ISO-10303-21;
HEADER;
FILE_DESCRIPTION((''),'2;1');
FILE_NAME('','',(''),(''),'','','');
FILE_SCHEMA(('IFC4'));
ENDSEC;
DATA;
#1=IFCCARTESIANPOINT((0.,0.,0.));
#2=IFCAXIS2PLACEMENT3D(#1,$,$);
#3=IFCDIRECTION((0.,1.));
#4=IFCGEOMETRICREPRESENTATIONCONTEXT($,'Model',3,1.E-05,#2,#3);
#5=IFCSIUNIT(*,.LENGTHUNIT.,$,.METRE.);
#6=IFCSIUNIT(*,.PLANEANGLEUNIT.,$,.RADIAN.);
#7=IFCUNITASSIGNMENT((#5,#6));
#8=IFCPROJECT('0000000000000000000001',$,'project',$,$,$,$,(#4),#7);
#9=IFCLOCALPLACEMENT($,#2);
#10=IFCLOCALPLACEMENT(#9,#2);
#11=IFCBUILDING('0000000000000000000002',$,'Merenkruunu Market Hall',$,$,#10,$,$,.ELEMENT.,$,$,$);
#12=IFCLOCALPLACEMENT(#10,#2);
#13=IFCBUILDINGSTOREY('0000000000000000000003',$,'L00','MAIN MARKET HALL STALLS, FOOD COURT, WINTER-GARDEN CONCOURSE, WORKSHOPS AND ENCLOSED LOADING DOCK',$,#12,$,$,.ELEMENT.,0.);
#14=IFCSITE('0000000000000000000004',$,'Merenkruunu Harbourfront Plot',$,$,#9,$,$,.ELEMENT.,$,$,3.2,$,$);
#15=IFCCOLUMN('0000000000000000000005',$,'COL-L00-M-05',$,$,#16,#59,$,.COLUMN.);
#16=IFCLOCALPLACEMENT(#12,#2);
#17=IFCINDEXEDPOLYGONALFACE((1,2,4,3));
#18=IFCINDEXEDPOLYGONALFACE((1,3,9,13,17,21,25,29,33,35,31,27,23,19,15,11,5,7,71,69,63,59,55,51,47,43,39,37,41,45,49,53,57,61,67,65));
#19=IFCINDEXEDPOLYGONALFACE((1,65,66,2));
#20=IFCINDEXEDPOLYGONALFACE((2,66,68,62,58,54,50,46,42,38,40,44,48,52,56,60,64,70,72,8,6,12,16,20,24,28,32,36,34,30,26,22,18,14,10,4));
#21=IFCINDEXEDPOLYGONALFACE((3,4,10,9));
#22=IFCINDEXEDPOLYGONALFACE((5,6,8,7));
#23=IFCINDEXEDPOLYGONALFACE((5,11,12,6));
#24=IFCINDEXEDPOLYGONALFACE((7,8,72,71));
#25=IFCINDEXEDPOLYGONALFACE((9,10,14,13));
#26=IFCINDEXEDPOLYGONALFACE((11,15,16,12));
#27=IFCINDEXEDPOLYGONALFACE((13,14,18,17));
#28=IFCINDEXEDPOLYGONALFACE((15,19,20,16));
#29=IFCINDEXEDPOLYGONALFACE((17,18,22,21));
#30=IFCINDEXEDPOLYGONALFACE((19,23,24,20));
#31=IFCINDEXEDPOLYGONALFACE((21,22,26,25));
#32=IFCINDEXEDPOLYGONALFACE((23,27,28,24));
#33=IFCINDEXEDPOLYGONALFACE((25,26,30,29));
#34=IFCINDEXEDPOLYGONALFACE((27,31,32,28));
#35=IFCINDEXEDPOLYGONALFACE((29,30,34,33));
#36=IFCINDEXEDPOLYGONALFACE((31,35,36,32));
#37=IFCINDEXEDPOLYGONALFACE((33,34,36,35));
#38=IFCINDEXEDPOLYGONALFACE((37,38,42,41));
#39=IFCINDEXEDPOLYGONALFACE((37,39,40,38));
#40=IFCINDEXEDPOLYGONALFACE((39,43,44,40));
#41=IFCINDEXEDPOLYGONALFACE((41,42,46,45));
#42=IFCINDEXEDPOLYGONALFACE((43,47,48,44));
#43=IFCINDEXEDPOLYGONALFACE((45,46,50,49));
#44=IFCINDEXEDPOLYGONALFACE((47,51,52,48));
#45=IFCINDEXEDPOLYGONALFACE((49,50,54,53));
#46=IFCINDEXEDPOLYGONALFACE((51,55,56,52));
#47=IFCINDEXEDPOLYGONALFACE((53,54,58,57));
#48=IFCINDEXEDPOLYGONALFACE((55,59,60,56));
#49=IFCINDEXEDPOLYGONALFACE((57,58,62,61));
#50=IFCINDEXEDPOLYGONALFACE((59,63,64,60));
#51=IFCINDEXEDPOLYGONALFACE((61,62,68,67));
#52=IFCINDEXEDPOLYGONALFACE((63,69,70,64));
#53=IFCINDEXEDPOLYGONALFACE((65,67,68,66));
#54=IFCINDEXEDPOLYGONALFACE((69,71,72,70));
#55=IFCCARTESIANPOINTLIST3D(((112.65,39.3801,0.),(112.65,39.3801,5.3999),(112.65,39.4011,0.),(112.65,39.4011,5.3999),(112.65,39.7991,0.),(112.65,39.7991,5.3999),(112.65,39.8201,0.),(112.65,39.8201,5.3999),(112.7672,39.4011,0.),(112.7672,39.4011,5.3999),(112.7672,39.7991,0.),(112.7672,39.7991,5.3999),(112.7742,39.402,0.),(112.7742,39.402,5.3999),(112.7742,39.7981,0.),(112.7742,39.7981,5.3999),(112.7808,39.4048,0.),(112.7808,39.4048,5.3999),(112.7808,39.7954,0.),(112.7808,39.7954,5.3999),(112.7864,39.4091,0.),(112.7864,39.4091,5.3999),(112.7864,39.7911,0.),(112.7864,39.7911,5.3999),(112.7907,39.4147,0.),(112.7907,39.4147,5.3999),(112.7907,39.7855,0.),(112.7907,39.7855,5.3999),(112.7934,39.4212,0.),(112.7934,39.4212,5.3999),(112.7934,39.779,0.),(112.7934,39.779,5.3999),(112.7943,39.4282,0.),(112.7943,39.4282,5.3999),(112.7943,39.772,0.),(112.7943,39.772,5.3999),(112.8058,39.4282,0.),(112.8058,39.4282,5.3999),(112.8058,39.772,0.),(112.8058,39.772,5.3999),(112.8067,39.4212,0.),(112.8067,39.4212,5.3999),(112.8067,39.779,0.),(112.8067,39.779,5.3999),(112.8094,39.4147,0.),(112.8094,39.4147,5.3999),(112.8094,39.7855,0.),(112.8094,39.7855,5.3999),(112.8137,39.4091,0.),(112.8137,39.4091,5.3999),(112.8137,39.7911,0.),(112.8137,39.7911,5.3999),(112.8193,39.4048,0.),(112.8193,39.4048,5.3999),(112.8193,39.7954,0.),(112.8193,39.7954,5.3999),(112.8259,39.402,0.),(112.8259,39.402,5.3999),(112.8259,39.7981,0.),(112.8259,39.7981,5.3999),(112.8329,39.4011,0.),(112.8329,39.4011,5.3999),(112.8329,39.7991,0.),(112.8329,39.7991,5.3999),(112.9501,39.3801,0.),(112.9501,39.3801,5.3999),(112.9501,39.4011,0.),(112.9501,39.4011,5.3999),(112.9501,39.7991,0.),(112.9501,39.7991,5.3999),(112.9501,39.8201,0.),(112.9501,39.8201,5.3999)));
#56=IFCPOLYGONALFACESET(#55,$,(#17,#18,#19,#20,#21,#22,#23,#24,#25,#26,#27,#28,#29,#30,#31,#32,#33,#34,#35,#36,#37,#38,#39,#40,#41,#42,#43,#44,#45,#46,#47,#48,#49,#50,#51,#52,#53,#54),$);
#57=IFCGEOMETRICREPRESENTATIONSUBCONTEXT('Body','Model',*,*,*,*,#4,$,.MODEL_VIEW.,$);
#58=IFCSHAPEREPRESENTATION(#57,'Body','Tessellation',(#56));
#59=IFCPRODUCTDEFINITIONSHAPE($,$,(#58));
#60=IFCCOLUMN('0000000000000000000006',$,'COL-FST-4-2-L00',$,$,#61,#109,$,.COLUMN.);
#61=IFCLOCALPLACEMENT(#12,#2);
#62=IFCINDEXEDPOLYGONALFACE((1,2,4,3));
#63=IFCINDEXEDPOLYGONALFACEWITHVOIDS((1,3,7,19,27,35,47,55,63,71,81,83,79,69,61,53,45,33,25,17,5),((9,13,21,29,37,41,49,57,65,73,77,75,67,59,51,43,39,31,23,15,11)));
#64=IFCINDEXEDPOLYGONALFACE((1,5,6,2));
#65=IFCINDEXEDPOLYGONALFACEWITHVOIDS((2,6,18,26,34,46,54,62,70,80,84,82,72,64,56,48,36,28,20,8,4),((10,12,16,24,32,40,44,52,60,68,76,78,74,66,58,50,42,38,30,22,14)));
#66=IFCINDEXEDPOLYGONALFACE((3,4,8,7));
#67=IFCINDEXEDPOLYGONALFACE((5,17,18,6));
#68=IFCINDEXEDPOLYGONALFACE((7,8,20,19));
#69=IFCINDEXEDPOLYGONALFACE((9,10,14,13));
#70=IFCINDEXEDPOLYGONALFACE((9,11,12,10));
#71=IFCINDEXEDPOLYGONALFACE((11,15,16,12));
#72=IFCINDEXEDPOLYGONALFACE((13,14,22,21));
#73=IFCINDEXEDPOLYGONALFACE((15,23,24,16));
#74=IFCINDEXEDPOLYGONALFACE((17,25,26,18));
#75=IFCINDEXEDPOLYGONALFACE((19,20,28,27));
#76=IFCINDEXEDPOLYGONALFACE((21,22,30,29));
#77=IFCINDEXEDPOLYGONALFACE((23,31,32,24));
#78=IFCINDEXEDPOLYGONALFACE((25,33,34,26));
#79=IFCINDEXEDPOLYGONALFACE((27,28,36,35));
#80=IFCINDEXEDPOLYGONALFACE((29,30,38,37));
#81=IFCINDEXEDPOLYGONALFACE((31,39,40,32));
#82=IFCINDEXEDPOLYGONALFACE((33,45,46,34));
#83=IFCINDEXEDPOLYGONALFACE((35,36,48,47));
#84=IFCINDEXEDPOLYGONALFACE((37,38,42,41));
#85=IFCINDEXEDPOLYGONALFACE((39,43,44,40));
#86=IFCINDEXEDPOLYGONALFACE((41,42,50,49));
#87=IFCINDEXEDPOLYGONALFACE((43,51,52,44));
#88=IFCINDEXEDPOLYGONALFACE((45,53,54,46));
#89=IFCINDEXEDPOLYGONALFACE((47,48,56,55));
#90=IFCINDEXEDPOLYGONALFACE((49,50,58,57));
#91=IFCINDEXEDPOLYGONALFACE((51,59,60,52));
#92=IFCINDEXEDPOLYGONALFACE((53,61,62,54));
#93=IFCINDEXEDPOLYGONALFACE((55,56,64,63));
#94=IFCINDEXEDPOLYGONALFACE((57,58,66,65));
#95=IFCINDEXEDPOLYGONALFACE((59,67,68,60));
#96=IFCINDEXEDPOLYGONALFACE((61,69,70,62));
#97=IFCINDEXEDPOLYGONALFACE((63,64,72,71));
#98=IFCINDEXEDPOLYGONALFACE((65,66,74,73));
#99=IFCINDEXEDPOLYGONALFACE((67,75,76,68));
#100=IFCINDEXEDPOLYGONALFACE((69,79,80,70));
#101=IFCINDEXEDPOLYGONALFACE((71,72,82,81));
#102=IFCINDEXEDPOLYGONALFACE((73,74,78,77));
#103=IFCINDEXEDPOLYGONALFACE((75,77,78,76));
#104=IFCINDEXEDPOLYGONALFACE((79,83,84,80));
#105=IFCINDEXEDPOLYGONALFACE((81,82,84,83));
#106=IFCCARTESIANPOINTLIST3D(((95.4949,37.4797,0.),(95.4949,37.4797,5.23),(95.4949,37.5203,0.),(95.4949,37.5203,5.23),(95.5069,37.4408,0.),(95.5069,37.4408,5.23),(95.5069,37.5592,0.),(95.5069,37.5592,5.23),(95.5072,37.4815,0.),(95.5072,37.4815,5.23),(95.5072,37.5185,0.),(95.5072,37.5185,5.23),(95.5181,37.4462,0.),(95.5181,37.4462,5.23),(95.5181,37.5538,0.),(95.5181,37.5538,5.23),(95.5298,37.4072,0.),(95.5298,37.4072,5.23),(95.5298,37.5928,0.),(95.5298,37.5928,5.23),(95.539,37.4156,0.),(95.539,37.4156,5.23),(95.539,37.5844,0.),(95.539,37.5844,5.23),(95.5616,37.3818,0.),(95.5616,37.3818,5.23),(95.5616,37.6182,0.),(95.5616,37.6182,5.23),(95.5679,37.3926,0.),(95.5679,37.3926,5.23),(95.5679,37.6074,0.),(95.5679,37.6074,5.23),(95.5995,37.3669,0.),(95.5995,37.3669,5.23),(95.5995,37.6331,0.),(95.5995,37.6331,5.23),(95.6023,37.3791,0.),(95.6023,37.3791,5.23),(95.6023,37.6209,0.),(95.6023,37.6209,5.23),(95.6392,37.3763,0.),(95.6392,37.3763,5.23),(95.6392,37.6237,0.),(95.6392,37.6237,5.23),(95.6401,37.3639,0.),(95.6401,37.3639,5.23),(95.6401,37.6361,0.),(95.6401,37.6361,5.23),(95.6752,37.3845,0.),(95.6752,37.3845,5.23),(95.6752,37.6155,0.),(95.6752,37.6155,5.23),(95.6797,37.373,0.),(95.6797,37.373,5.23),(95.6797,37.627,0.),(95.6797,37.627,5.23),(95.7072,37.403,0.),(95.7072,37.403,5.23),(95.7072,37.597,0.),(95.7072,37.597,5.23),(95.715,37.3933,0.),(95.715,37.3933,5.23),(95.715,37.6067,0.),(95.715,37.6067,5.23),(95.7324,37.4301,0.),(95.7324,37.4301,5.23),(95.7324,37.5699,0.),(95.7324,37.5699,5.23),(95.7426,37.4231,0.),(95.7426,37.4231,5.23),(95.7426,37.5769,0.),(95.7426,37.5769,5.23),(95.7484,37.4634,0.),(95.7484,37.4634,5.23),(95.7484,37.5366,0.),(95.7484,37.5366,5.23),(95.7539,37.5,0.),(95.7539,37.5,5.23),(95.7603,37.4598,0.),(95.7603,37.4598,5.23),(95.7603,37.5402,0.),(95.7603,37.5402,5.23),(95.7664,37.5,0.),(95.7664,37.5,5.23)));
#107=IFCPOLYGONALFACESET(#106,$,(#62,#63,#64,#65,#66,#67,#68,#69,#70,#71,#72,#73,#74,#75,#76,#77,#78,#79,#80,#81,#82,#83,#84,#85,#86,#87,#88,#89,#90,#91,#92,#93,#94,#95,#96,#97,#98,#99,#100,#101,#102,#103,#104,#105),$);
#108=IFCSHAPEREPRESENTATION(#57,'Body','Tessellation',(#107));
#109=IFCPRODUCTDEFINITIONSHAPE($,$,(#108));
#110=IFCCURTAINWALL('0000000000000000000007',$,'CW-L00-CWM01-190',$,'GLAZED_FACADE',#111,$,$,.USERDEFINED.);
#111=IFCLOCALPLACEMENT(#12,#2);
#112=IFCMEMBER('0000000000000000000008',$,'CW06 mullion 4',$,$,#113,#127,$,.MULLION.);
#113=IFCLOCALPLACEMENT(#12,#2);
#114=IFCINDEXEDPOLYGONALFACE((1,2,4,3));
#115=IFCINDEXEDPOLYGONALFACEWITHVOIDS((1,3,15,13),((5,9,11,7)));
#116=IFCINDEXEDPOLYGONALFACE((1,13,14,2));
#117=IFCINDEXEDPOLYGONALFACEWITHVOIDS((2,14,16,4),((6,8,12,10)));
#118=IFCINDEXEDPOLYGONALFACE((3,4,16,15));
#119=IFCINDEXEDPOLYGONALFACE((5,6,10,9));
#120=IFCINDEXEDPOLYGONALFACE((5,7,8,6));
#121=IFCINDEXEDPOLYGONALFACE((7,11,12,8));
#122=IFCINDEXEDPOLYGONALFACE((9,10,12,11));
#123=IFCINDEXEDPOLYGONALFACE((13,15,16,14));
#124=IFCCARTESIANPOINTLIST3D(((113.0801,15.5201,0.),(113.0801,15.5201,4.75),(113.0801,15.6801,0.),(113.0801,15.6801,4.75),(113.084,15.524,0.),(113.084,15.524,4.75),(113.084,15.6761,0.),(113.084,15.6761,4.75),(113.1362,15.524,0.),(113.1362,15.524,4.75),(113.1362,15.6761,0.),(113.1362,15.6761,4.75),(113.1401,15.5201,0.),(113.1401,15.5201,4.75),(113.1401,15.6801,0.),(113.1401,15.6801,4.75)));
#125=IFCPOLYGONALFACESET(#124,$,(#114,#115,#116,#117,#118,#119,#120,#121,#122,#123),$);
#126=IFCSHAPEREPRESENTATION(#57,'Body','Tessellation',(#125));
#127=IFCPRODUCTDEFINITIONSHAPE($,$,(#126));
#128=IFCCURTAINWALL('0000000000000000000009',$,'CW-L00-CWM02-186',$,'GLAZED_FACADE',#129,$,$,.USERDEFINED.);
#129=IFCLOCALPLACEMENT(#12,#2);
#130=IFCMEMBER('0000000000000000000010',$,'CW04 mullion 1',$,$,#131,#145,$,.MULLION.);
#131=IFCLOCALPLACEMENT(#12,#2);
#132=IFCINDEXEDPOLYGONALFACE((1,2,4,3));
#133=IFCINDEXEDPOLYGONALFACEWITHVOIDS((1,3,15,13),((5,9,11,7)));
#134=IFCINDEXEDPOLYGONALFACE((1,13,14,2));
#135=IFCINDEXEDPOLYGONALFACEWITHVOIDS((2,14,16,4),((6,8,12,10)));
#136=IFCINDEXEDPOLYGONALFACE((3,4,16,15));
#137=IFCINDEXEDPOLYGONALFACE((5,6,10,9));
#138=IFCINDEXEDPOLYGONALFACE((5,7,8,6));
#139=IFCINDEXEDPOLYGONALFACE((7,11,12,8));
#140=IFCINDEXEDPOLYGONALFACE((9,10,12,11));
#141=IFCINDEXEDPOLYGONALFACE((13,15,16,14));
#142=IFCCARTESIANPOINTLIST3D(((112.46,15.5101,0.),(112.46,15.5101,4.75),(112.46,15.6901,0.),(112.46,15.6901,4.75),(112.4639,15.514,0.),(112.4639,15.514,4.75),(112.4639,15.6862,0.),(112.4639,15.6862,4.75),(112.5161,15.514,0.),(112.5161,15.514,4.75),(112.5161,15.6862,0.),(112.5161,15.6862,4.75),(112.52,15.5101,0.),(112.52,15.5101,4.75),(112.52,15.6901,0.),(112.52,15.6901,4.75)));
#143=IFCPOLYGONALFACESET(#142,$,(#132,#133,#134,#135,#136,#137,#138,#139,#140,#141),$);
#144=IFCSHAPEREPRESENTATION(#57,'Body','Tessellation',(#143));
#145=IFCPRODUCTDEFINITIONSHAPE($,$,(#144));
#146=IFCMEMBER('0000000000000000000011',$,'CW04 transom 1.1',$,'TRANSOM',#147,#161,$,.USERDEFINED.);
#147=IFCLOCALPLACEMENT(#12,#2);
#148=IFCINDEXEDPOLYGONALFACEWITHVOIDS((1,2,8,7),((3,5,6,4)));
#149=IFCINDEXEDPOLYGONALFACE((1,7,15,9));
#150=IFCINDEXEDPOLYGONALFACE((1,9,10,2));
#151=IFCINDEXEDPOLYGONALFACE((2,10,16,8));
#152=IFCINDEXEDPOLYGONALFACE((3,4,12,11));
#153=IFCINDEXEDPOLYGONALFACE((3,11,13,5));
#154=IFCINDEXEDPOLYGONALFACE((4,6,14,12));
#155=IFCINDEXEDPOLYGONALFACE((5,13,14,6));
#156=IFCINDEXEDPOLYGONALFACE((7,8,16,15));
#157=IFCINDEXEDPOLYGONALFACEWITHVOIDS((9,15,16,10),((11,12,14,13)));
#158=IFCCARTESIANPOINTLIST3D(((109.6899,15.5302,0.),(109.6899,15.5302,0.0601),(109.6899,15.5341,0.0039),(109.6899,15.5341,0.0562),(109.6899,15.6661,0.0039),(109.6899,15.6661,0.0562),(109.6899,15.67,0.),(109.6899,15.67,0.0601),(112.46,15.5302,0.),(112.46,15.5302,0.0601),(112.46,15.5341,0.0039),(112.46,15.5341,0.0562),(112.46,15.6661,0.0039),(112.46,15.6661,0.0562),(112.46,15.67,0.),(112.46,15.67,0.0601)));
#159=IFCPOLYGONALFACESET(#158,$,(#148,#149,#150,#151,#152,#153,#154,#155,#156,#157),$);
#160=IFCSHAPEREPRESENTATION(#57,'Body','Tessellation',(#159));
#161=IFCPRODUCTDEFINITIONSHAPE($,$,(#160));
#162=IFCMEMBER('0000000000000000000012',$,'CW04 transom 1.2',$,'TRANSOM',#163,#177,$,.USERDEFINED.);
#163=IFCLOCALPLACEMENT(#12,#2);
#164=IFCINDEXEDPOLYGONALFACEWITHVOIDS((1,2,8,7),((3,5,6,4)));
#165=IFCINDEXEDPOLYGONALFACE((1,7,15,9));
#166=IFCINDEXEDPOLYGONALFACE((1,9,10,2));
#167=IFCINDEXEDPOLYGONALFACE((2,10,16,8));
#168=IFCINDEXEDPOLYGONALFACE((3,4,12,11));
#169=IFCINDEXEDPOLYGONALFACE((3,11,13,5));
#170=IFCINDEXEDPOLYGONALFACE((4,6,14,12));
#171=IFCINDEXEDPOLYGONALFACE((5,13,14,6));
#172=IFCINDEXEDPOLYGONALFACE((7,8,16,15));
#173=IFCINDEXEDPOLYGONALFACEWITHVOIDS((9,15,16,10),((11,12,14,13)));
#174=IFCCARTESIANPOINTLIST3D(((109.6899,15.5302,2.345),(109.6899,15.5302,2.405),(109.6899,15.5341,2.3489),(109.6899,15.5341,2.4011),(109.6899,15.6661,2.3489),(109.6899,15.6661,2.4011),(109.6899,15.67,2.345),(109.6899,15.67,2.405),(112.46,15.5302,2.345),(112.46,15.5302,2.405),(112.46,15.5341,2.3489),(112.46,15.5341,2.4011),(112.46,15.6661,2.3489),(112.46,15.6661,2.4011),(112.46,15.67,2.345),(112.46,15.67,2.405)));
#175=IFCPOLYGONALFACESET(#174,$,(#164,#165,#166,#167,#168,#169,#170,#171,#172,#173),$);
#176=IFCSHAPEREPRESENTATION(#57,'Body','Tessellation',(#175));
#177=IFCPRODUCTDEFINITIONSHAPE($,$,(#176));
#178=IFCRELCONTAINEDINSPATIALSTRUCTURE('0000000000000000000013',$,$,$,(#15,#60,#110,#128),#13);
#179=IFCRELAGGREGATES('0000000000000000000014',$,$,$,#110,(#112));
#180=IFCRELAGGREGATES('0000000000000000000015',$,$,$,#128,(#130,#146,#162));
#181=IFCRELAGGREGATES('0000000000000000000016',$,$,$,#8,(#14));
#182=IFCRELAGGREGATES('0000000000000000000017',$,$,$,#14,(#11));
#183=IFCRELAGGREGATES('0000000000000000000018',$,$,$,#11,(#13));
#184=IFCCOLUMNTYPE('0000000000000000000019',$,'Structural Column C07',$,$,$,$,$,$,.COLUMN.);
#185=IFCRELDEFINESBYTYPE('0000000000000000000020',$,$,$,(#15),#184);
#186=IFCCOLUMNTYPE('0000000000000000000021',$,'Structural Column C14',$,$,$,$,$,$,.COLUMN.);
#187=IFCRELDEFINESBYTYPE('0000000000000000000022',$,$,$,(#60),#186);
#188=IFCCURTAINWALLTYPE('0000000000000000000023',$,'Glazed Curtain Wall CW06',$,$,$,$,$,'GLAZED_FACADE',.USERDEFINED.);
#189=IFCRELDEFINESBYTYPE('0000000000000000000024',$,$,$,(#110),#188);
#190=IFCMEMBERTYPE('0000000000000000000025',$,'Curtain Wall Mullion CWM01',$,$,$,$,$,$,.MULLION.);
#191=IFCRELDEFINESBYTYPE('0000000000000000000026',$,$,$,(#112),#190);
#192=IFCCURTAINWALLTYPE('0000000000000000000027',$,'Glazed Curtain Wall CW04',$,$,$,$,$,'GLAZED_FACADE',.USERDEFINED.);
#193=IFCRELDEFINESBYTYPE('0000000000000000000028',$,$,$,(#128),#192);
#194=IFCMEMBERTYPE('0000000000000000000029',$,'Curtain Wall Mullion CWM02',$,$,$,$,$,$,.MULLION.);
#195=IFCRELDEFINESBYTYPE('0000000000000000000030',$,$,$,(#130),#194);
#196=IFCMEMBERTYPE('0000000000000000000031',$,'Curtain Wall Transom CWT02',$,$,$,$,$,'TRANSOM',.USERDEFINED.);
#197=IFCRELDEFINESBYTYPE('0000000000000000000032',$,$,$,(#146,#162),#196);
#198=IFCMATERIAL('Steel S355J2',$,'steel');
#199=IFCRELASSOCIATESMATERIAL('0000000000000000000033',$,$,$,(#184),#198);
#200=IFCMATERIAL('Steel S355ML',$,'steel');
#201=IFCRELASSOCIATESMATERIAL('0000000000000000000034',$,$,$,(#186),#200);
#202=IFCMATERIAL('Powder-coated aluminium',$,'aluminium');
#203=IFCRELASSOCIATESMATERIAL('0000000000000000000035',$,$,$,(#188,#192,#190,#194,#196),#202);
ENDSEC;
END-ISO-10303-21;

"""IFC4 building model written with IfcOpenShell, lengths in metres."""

from ifc_helpers import new_model, si_unit, direction, frame, origin, origin_2d, place, context, subcontext, project, spatial, hollow_rectangle, hollow_circle, i_section, extrude, material, material_profile, profile_set, type_object, element, aggregate, save


model = new_model("IFC4")

# Units and contexts
model_context = context("Model", 3, precision=1e-05, world=origin(), true_north=direction((0.0, 1.0)))
body_context = subcontext(model_context, "Body", "Model", "MODEL_VIEW")
ifc_project = project(units=[si_unit("LENGTHUNIT", "METRE"), si_unit("PLANEANGLEUNIT", "RADIAN")], contexts=[model_context])

# Site, building, storey
site_placement = place(None, origin())
site = spatial("IfcSite", under=ifc_project, at=site_placement, Name="Merenkruunu Harbourfront Plot", CompositionType="ELEMENT", RefElevation=3.2)
building_placement = place(site_placement, origin())
building = spatial("IfcBuilding", under=site, at=building_placement, Name="Merenkruunu Market Hall", CompositionType="ELEMENT")
storey_placement = place(building_placement, origin())
storey = spatial("IfcBuildingStorey", under=building, at=storey_placement, Name="L00", Description="MAIN MARKET HALL STALLS, FOOD COURT, WINTER-GARDEN CONCOURSE, WORKSHOPS AND ENCLOSED LOADING DOCK", CompositionType="ELEMENT", Elevation=0.0)

# Columns
ifc_material_1 = material(Name="Steel S355J2", Category="steel")
ifc_material_profile_1 = material_profile(ifc_material_1, i_section(OverallWidth=0.3, OverallDepth=0.4399, WebThickness=0.0115, FlangeThickness=0.021, FilletRadius=0.0271, at=origin_2d()), Name="HEA 450")
ifc_profile_set_1 = profile_set([ifc_material_profile_1], Name="Steel S355J2")
column_type_1 = type_object("IfcColumnType", Name="Structural Column C07", PredefinedType="COLUMN", material=ifc_profile_set_1)
for number, where, z_axis, x_axis, name in (
    (1, (112.8, 39.6001, 0.0), (0.0, 0.0, 1.0), (1.0, 0.0, 0.0), "COL-L00-M-05"),
):
    element("IfcColumn", number, at=place(storey_placement, frame(where, z_axis=z_axis, x_axis=x_axis)), inside=storey, type_object=column_type_1, Name=name, PredefinedType="COLUMN", context=body_context, shape_type="SweptSolid", body=[
        extrude(i_section(OverallWidth=0.3, OverallDepth=0.4399, WebThickness=0.0115, FlangeThickness=0.021, FilletRadius=0.0271, at=origin_2d()), origin(), (0.0, 0.0, 1.0), 5.3999),
    ])
ifc_material_2 = material(Name="Steel S355ML", Category="steel")
ifc_material_profile_2 = material_profile(ifc_material_2, hollow_circle(Radius=0.1365, WallThickness=0.0125, at=origin_2d()), Name="CHS 273x12.5")
ifc_profile_set_2 = profile_set([ifc_material_profile_2], Name="Steel S355ML")
column_type_2 = type_object("IfcColumnType", Name="Structural Column C14", PredefinedType="COLUMN", material=ifc_profile_set_2)
column_placement = place(storey_placement, frame((95.6299, 37.5, 0.0), z_axis=(0.0, 0.0, 1.0), x_axis=(1.0, 0.0, 0.0)))
element("IfcColumn", 2, at=column_placement, inside=storey, type_object=column_type_2, Name="COL-FST-4-2-L00", PredefinedType="COLUMN", context=body_context, shape_type="SweptSolid", body=[
    extrude(hollow_circle(Radius=0.1365, WallThickness=0.0125, at=origin_2d()), origin(), (0.0, 0.0, 1.0), 5.23),
])

# Curtain wall, member
ifc_material_3 = material(Name="Powder-coated aluminium", Category="aluminium")
curtain_wall_type_1 = type_object("IfcCurtainWallType", Name="Glazed Curtain Wall CW06", ElementType="GLAZED_FACADE", PredefinedType="USERDEFINED", material=ifc_material_3)
curtain_wall_1_placement = place(storey_placement, origin())
curtain_wall_1 = element("IfcCurtainWall", 3, at=curtain_wall_1_placement, inside=storey, type_object=curtain_wall_type_1, Name="CW-L00-CWM01-190", ObjectType="GLAZED_FACADE", PredefinedType="USERDEFINED")
ifc_material_profile_3 = material_profile(ifc_material_3, hollow_rectangle(XDim=0.0601, YDim=0.1599, WallThickness=0.0039, at=origin_2d()), Name="ALU 60x160x4")
ifc_profile_set_3 = profile_set([ifc_material_profile_3], Name="Powder-coated aluminium")
member_type_1 = type_object("IfcMemberType", Name="Curtain Wall Mullion CWM01", PredefinedType="MULLION", material=ifc_profile_set_3)
member_1_placement = place(storey_placement, frame((113.1101, 15.6001, 0.0), z_axis=(0.0, 0.0, 1.0), x_axis=(-1.0, 0.0, 0.0)))
member_1 = element("IfcMember", 4, at=member_1_placement, type_object=member_type_1, Name="CW06 mullion 4", PredefinedType="MULLION", context=body_context, shape_type="SweptSolid", body=[
    extrude(hollow_rectangle(XDim=0.0601, YDim=0.1599, WallThickness=0.0039, at=origin_2d()), origin(), (0.0, 0.0, 1.0), 4.75),
])
aggregate(curtain_wall_1, [member_1])

# Curtain wall, members
curtain_wall_type_2 = type_object("IfcCurtainWallType", Name="Glazed Curtain Wall CW04", ElementType="GLAZED_FACADE", PredefinedType="USERDEFINED", material=ifc_material_3)
curtain_wall_2_placement = place(storey_placement, origin())
curtain_wall_2 = element("IfcCurtainWall", 5, at=curtain_wall_2_placement, inside=storey, type_object=curtain_wall_type_2, Name="CW-L00-CWM02-186", ObjectType="GLAZED_FACADE", PredefinedType="USERDEFINED")
ifc_material_profile_4 = material_profile(ifc_material_3, hollow_rectangle(XDim=0.0601, YDim=0.1799, WallThickness=0.0039, at=origin_2d()), Name="ALU 60x180x4")
ifc_profile_set_4 = profile_set([ifc_material_profile_4], Name="Powder-coated aluminium")
member_type_2 = type_object("IfcMemberType", Name="Curtain Wall Mullion CWM02", PredefinedType="MULLION", material=ifc_profile_set_4)
member_2_placement = place(storey_placement, frame((112.49, 15.6001, 0.0), z_axis=(0.0, 0.0, 1.0), x_axis=(-1.0, 0.0, 0.0)))
member_2 = element("IfcMember", 6, at=member_2_placement, type_object=member_type_2, Name="CW04 mullion 1", PredefinedType="MULLION", context=body_context, shape_type="SweptSolid", body=[
    extrude(hollow_rectangle(XDim=0.0601, YDim=0.1799, WallThickness=0.0039, at=origin_2d()), origin(), (0.0, 0.0, 1.0), 4.75),
])
ifc_material_profile_5 = material_profile(ifc_material_3, hollow_rectangle(XDim=0.0601, YDim=0.1399, WallThickness=0.0039, at=origin_2d()), Name="ALU 60x140x4")
ifc_profile_set_5 = profile_set([ifc_material_profile_5], Name="Powder-coated aluminium")
member_type_3 = type_object("IfcMemberType", Name="Curtain Wall Transom CWT02", ElementType="TRANSOM", PredefinedType="USERDEFINED", material=ifc_profile_set_5)
member_3_placement = place(storey_placement, frame((112.46, 15.6001, 0.03), z_axis=(-1.0, 0.0, 0.0), x_axis=(0.0, 0.0, 1.0)))
member_3 = element("IfcMember", 7, at=member_3_placement, type_object=member_type_3, Name="CW04 transom 1.1", ObjectType="TRANSOM", PredefinedType="USERDEFINED", context=body_context, shape_type="SweptSolid", body=[
    extrude(hollow_rectangle(XDim=0.0601, YDim=0.1399, WallThickness=0.0039, at=origin_2d()), origin(), (0.0, 0.0, 1.0), 2.77),
])
member_4_placement = place(storey_placement, frame((112.46, 15.6001, 2.375), z_axis=(-1.0, 0.0, 0.0), x_axis=(0.0, 0.0, 1.0)))
member_4 = element("IfcMember", 8, at=member_4_placement, type_object=member_type_3, Name="CW04 transom 1.2", ObjectType="TRANSOM", PredefinedType="USERDEFINED", context=body_context, shape_type="SweptSolid", body=[
    extrude(hollow_rectangle(XDim=0.0601, YDim=0.1399, WallThickness=0.0039, at=origin_2d()), origin(), (0.0, 0.0, 1.0), 2.77),
])
aggregate(curtain_wall_2, [member_2, member_3, member_4])

save(model, "model.ifc")
